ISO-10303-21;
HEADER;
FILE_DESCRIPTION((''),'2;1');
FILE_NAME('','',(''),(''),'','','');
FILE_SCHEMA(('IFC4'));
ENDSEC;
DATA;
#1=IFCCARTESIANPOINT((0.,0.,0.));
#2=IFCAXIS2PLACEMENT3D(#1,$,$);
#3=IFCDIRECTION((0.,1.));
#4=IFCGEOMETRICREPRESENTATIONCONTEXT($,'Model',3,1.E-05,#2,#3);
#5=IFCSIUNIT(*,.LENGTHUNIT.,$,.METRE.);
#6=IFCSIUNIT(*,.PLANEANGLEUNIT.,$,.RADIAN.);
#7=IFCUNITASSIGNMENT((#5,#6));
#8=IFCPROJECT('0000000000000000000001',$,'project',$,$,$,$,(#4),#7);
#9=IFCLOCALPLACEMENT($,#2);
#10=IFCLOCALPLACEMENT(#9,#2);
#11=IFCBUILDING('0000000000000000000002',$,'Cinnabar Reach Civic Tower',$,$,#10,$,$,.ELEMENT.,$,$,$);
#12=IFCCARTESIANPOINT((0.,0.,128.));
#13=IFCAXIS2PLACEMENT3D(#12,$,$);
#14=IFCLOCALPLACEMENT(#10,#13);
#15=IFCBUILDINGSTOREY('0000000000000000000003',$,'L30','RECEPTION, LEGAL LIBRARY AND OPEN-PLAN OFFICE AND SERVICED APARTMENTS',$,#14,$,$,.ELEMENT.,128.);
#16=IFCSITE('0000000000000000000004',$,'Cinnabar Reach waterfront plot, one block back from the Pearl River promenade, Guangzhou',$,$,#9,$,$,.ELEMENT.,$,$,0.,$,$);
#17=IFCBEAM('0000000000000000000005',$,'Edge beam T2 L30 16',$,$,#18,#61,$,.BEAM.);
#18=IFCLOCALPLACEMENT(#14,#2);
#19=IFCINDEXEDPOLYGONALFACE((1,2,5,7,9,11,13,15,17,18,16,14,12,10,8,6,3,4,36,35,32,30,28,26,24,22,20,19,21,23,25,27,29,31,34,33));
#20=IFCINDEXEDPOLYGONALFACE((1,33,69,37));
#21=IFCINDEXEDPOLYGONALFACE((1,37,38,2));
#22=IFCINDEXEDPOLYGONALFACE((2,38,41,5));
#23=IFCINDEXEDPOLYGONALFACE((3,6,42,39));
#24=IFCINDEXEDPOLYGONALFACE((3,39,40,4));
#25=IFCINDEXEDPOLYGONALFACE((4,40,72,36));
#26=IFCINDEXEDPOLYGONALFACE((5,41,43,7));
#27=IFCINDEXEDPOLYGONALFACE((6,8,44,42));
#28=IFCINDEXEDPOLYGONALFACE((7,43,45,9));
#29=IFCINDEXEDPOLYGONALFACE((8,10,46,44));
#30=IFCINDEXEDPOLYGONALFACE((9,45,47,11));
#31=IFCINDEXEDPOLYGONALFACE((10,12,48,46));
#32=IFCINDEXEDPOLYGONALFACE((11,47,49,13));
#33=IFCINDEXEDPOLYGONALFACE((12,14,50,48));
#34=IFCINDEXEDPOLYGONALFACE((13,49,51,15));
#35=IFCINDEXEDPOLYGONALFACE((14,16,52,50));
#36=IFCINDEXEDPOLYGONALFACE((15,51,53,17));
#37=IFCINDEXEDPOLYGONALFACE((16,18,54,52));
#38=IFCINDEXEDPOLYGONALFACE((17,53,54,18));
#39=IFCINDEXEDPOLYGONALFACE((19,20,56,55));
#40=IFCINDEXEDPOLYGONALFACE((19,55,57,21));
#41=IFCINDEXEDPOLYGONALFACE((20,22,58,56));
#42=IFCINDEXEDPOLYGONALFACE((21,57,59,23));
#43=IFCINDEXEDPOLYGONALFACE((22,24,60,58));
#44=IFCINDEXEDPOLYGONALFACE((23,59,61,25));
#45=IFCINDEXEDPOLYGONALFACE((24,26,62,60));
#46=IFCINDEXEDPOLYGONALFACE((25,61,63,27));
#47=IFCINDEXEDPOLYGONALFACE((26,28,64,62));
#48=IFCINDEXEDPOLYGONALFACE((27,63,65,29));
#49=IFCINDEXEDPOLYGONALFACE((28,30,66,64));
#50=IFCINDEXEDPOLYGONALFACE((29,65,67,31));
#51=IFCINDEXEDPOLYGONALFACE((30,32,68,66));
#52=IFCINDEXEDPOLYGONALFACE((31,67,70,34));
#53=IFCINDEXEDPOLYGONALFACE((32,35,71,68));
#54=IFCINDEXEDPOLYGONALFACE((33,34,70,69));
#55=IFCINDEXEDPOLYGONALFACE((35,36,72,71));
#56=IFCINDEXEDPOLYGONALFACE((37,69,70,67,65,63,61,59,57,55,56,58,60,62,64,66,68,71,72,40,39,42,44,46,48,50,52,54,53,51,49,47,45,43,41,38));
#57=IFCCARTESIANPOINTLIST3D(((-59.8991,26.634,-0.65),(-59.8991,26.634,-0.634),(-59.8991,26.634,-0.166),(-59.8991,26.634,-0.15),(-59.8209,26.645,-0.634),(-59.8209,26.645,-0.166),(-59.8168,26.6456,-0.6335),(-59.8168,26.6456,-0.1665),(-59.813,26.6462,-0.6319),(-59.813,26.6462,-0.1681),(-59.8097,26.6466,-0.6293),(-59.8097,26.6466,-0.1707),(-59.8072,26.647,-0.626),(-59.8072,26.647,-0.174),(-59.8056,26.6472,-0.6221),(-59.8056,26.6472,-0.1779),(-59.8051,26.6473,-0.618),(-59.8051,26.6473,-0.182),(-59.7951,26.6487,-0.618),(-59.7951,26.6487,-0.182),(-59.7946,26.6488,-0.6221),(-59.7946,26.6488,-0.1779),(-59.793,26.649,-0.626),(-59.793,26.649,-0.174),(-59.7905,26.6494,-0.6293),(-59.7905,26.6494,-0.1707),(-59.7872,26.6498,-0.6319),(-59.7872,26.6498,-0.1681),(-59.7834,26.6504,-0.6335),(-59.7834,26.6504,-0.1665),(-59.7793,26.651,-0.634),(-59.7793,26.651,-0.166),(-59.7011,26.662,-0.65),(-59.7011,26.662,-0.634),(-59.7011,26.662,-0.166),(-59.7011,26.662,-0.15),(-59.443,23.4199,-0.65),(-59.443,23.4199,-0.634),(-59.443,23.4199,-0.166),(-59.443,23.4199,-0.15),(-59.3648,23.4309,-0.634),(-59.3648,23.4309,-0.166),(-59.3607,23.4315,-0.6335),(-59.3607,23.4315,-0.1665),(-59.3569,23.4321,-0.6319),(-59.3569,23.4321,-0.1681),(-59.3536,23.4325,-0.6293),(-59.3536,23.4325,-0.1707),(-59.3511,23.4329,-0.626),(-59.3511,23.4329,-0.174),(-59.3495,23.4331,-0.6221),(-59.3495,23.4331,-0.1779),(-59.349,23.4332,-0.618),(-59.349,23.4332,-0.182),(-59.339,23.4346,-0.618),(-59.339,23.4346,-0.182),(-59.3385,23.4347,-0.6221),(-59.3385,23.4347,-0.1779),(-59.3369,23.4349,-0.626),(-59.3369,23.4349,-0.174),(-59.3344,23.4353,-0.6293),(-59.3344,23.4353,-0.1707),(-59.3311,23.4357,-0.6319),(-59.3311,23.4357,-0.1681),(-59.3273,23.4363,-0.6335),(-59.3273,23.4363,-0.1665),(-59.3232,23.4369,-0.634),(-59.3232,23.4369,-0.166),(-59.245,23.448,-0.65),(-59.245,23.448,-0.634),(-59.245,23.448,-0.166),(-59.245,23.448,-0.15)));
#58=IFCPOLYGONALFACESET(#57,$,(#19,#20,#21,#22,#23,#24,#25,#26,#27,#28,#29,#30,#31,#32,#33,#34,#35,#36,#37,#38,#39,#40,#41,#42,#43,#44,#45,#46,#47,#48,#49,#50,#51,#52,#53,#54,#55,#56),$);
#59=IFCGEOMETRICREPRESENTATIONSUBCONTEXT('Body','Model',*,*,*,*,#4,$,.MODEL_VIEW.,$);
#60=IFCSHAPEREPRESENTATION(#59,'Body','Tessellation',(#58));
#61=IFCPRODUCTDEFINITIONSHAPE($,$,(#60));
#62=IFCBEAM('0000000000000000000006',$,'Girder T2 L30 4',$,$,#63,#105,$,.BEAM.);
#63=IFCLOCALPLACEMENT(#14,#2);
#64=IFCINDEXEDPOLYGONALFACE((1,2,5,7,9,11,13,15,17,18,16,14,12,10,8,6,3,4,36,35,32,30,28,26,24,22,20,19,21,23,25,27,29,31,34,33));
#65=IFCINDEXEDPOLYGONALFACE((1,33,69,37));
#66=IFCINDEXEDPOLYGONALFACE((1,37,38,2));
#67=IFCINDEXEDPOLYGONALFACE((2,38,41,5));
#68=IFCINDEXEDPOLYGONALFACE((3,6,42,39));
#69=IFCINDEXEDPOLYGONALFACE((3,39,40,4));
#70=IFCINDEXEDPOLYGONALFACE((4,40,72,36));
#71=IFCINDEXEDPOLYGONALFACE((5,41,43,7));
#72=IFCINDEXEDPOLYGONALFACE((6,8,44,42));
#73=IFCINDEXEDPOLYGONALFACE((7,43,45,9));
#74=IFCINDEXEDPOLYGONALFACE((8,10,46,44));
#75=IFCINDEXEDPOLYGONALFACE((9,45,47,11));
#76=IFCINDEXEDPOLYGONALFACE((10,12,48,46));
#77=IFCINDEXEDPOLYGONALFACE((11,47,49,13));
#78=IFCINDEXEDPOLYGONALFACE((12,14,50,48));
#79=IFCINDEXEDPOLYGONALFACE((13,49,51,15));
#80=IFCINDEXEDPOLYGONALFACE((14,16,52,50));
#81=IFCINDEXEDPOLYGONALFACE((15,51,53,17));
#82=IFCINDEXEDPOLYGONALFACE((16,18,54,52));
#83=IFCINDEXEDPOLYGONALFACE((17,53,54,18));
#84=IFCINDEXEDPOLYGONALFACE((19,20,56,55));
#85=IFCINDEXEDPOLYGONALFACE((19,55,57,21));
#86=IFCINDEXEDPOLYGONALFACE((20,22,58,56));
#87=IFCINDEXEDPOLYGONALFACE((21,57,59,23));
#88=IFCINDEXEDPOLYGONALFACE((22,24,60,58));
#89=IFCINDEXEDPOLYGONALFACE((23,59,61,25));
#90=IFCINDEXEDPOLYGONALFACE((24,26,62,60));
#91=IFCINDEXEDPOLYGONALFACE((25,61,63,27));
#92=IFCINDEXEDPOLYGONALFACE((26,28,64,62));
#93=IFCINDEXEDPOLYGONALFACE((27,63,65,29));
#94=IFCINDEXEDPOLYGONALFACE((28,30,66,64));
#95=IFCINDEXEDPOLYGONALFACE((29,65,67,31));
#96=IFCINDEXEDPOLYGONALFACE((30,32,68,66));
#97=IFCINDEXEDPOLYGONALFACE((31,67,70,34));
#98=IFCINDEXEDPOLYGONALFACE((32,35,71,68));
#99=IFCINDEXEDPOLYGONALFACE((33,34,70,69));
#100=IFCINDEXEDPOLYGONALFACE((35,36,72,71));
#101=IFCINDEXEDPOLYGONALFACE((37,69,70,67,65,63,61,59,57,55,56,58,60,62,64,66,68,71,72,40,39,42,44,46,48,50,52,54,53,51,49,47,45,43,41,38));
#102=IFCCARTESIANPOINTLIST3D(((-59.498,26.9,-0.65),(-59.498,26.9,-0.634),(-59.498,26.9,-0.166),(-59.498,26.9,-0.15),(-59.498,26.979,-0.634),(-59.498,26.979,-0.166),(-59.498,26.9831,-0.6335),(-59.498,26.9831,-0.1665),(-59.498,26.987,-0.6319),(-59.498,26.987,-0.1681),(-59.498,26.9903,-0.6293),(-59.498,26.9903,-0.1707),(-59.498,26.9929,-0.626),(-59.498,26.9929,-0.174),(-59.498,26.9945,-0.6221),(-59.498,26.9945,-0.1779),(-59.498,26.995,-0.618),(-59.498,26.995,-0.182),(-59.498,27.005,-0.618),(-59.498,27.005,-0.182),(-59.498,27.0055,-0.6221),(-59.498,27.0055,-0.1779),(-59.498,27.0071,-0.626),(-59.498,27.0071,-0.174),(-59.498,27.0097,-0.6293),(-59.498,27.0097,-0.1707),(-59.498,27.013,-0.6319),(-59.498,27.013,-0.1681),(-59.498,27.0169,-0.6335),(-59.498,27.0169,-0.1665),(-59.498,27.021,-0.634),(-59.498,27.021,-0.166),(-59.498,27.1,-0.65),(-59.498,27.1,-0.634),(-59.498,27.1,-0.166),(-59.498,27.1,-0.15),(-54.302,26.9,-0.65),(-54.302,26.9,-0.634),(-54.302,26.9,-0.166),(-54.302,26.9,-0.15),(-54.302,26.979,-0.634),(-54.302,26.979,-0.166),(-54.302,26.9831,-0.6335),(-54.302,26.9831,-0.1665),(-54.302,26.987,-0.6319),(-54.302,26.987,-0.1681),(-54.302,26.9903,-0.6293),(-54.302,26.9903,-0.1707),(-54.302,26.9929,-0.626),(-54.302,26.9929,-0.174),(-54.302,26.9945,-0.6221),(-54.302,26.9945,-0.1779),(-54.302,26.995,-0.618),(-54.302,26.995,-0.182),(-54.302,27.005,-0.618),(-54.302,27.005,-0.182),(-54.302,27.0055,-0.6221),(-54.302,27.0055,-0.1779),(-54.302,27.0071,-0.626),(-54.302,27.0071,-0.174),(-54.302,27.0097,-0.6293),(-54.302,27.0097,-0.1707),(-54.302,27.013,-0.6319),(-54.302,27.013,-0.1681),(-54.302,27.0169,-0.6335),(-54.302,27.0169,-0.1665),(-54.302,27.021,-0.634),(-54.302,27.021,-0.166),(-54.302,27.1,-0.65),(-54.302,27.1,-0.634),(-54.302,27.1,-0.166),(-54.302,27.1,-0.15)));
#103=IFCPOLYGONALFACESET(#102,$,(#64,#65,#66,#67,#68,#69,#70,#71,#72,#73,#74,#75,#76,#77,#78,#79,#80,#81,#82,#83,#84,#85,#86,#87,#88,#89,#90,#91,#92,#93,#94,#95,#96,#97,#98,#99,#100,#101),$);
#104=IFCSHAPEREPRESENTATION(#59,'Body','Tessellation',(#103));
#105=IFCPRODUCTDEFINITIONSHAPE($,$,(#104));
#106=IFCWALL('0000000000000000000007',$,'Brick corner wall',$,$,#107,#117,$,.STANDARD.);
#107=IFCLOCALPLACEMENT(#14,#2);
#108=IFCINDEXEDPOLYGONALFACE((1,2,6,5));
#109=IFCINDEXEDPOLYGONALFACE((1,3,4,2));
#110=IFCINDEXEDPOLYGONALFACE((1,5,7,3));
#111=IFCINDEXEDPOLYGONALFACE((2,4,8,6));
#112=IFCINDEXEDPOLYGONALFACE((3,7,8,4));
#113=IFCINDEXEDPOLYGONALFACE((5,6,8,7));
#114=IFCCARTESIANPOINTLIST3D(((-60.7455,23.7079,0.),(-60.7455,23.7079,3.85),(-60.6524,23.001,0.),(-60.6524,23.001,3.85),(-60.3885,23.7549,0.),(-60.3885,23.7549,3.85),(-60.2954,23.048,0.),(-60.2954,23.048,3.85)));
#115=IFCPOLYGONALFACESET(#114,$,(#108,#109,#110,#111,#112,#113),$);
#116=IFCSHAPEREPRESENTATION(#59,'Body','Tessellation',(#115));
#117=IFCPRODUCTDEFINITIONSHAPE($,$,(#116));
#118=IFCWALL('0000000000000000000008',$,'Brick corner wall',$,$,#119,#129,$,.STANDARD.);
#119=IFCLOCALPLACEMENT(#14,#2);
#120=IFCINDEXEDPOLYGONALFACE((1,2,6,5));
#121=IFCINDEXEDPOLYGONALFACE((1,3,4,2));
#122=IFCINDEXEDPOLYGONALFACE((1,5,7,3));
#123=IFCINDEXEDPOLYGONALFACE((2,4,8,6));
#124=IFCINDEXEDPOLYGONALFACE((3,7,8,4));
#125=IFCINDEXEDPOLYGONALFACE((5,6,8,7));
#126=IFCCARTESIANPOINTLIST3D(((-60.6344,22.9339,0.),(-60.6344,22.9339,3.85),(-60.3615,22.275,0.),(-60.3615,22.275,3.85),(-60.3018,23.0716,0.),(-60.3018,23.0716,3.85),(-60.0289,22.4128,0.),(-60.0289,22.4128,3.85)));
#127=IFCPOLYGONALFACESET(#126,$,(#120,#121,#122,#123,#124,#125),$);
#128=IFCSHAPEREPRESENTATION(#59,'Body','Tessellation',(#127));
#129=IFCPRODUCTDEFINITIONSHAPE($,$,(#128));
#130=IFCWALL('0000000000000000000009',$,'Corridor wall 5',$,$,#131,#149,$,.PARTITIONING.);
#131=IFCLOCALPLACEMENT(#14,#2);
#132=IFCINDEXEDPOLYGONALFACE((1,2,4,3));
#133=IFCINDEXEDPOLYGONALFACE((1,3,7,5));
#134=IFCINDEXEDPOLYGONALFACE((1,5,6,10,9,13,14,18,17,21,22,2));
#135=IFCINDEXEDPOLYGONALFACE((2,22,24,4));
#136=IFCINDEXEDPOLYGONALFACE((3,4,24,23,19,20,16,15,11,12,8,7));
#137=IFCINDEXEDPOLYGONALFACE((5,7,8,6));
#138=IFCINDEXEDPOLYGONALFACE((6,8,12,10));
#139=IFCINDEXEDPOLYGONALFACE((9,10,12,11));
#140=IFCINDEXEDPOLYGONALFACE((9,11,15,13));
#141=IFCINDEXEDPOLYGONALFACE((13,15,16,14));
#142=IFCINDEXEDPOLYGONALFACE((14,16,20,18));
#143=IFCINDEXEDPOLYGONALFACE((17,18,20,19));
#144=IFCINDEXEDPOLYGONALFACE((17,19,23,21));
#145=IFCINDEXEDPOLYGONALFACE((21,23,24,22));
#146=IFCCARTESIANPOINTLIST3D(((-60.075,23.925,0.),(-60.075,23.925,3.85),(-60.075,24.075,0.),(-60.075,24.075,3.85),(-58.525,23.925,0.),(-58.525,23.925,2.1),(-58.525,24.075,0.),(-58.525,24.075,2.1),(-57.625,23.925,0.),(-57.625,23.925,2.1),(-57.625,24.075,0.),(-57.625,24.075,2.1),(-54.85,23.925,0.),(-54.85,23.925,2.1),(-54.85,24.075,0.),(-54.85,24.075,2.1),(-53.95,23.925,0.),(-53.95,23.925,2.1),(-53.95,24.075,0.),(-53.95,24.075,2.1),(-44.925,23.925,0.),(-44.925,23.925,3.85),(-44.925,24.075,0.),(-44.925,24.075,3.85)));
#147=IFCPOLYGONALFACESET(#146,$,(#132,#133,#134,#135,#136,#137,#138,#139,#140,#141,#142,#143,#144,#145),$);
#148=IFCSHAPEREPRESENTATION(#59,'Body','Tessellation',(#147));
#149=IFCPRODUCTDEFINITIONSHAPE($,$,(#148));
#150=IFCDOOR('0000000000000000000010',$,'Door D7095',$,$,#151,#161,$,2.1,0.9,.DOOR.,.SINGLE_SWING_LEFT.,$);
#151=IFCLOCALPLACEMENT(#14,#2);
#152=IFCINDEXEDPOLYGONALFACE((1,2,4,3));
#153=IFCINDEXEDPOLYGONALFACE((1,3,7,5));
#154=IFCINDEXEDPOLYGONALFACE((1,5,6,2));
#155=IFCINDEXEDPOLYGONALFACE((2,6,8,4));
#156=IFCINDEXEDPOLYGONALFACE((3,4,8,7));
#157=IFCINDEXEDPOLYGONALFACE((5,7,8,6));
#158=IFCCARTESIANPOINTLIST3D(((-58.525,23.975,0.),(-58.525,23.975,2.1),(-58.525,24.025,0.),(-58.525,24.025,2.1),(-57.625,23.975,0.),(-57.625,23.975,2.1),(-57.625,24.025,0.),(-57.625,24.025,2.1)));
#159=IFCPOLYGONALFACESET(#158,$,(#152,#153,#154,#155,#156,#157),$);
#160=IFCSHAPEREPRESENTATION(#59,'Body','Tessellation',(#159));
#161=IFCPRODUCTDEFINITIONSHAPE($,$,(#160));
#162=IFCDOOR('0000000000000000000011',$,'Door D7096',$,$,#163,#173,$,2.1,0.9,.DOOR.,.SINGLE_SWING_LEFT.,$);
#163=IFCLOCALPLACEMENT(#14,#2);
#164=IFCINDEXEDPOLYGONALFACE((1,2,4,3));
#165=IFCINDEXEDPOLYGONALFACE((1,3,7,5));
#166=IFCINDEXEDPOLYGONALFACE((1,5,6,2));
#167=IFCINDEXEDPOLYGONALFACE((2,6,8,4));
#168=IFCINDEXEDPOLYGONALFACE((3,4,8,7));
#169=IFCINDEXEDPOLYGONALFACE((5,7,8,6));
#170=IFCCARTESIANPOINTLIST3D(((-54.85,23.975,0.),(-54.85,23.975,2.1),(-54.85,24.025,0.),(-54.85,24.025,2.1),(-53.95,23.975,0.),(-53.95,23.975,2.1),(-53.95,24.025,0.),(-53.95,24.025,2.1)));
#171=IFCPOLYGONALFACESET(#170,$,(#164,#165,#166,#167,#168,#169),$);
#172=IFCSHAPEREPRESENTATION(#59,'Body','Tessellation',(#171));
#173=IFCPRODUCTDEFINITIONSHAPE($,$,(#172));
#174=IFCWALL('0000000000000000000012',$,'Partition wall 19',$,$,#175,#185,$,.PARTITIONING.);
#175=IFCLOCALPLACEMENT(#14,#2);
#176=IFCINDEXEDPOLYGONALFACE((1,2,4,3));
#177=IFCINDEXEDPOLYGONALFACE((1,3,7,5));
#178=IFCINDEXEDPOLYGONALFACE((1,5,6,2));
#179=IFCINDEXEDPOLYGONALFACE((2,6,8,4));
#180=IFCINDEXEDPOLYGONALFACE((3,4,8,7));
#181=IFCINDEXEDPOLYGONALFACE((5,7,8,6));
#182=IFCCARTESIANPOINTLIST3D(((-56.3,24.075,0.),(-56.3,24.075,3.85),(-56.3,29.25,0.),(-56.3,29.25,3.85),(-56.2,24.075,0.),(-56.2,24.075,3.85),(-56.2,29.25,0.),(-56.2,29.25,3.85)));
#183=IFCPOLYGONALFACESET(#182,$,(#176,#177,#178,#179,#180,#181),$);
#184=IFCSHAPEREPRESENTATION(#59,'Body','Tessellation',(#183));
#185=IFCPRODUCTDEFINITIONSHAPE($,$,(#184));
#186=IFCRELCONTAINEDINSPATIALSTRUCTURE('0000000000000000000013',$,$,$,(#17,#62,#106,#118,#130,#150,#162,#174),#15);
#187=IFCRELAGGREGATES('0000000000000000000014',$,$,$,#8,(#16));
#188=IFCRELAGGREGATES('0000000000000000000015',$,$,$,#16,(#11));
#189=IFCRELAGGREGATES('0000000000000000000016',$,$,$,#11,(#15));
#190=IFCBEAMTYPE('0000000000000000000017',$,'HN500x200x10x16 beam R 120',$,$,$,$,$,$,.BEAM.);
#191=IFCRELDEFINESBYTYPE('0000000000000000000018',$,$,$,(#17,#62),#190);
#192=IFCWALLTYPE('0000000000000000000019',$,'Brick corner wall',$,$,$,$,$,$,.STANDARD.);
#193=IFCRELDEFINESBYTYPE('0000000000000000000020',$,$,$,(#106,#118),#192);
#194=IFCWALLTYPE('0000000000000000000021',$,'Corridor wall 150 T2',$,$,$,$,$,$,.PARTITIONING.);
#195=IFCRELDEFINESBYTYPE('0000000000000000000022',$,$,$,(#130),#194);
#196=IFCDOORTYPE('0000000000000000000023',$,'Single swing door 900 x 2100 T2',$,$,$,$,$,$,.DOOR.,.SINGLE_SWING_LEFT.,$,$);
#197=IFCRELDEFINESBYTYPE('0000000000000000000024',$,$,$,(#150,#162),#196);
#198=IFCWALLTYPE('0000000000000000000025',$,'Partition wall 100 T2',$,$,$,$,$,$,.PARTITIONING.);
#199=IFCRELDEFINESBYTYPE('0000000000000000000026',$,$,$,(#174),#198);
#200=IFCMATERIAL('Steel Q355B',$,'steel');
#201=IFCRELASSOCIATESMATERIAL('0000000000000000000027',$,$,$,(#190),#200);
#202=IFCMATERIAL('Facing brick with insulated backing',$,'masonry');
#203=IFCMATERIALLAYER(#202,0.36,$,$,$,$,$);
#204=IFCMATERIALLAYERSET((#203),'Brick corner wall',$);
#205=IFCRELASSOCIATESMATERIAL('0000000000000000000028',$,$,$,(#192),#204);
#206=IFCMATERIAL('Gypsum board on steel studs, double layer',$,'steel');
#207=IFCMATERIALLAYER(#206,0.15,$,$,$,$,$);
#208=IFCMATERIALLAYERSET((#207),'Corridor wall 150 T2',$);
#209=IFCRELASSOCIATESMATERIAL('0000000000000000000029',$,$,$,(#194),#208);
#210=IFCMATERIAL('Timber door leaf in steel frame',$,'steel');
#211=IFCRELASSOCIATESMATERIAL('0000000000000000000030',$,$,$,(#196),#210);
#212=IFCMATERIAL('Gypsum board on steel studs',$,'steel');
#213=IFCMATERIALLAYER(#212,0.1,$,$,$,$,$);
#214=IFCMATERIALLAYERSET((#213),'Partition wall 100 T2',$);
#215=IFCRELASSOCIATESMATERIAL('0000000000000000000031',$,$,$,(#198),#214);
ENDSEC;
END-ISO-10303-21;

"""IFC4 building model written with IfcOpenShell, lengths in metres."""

from ifc_helpers import new_model, si_unit, direction, frame, frame_2d, origin, origin_2d, place, context, subcontext, project, spatial, rectangle, i_section, extrude, material, layer, layer_set, material_profile, profile_set, type_object, element, fill, save


model = new_model("IFC4")

# Units and contexts
model_context = context("Model", 3, precision=1e-05, world=origin(), true_north=direction((0.0, 1.0)))
body_context = subcontext(model_context, "Body", "Model", "MODEL_VIEW")
ifc_project = project(units=[si_unit("LENGTHUNIT", "METRE"), si_unit("PLANEANGLEUNIT", "RADIAN")], contexts=[model_context])

# Site, building, storey
site_placement = place(None, origin())
site = spatial("IfcSite", under=ifc_project, at=site_placement, Name="Cinnabar Reach waterfront plot, one block back from the Pearl River promenade, Guangzhou", CompositionType="ELEMENT", RefElevation=0.0)
building_placement = place(site_placement, origin())
building = spatial("IfcBuilding", under=site, at=building_placement, Name="Cinnabar Reach Civic Tower", CompositionType="ELEMENT")
storey_placement = place(building_placement, frame((0.0, 0.0, 128.0)))
storey = spatial("IfcBuildingStorey", under=building, at=storey_placement, Name="L30", Description="RECEPTION, LEGAL LIBRARY AND OPEN-PLAN OFFICE AND SERVICED APARTMENTS", CompositionType="ELEMENT", Elevation=128.0)

# Beams
ifc_material_1 = material(Name="Steel Q355B", Category="steel")
ifc_material_profile_1 = material_profile(ifc_material_1, i_section(OverallWidth=0.2, OverallDepth=0.5, WebThickness=0.01, FlangeThickness=0.016, FilletRadius=0.016, at=origin_2d()), Name="HN500x200x10x16")
ifc_profile_set_1 = profile_set([ifc_material_profile_1], Name="Steel Q355B")
beam_type_1 = type_object("IfcBeamType", Name="HN500x200x10x16 beam R 120", PredefinedType="BEAM", material=ifc_profile_set_1)
beam_1_placement = place(storey_placement, frame((-59.8001, 26.648, -0.4), z_axis=(0.140498, -0.990081, 0.0), x_axis=(0.990081, 0.140498, 0.0)))
element("IfcBeam", 1, at=beam_1_placement, inside=storey, type_object=beam_type_1, Name="Edge beam T2 L30 16", PredefinedType="BEAM", context=body_context, shape_type="SweptSolid", body=[
    extrude(i_section(OverallWidth=0.2, OverallDepth=0.5, WebThickness=0.01, FlangeThickness=0.016, FilletRadius=0.016, at=origin_2d()), origin(), (0.0, 0.0, 1.0), 3.2463),
])
beam_2_placement = place(storey_placement, frame((-59.498, 27.0, -0.4), z_axis=(1.0, 0.0, 0.0), x_axis=(0.0, 1.0, 0.0)))
element("IfcBeam", 2, at=beam_2_placement, inside=storey, type_object=beam_type_1, Name="Girder T2 L30 4", PredefinedType="BEAM", context=body_context, shape_type="SweptSolid", body=[
    extrude(i_section(OverallWidth=0.2, OverallDepth=0.5, WebThickness=0.01, FlangeThickness=0.016, FilletRadius=0.016, at=origin_2d()), origin(), (0.0, 0.0, 1.0), 5.196),
])

# Walls
ifc_material_2 = material(Name="Facing brick with insulated backing", Category="masonry")
ifc_layer_1 = layer(ifc_material_2, 0.36)
ifc_layer_set_1 = layer_set([ifc_layer_1], Name="Brick corner wall")
wall_type_1 = type_object("IfcWallType", Name="Brick corner wall", PredefinedType="STANDARD", material=ifc_layer_set_1)
for number, where, z_axis, x_axis, name in (
    (3, (-60.567, 23.7314, 0.0), (0.0, 0.0, 1.0), (0.130556, -0.991441, 0.0), "Brick corner wall"),
    (4, (-60.4681, 23.0027, 0.0), (0.0, 0.0, 1.0), (0.382703, -0.923872, 0.0), "Brick corner wall"),
):
    element("IfcWall", number, at=place(storey_placement, frame(where, z_axis=z_axis, x_axis=x_axis)), inside=storey, type_object=wall_type_1, Name=name, PredefinedType="STANDARD", context=body_context, shape_type="SweptSolid", body=[
        extrude(rectangle(XDim=0.7131, YDim=0.36, at=frame_2d((0.3565, 0.0))), origin(), (0.0, 0.0, 1.0), 3.85),
    ])

# Wall, openings, doors
ifc_material_3 = material(Name="Gypsum board on steel studs, double layer", Category="steel")
ifc_layer_2 = layer(ifc_material_3, 0.15)
ifc_layer_set_2 = layer_set([ifc_layer_2], Name="Corridor wall 150 T2")
wall_type_2 = type_object("IfcWallType", Name="Corridor wall 150 T2", PredefinedType="PARTITIONING", material=ifc_layer_set_2)
wall_1_placement = place(storey_placement, frame((-60.075, 24.0, 0.0), z_axis=(0.0, 0.0, 1.0), x_axis=(1.0, 0.0, 0.0)))
wall_1 = element("IfcWall", 5, at=wall_1_placement, inside=storey, type_object=wall_type_2, Name="Corridor wall 5", PredefinedType="PARTITIONING", context=body_context, shape_type="SweptSolid", body=[
    extrude(rectangle(XDim=15.15, YDim=0.15, at=frame_2d((7.575, 0.0))), origin(), (0.0, 0.0, 1.0), 3.85),
])
opening_1_placement = place(wall_1_placement, frame((1.55, 0.0, 0.0)))
opening_1 = element("IfcOpeningElement", 6, at=opening_1_placement, cuts=wall_1, PredefinedType="OPENING", context=body_context, shape_type="SweptSolid", body=[
    extrude(rectangle(XDim=0.9, YDim=2.1, at=frame_2d((0.45, 1.05))), frame((0.0, 0.085, 0.0), z_axis=(0.0, -1.0, 0.0), x_axis=(1.0, 0.0, 0.0)), (0.0, 0.0, 1.0), 0.17),
])
opening_2_placement = place(wall_1_placement, frame((5.225, 0.0, 0.0)))
opening_2 = element("IfcOpeningElement", 7, at=opening_2_placement, cuts=wall_1, PredefinedType="OPENING", context=body_context, shape_type="SweptSolid", body=[
    extrude(rectangle(XDim=0.9, YDim=2.1, at=frame_2d((0.45, 1.05))), frame((0.0, 0.085, 0.0), z_axis=(0.0, -1.0, 0.0), x_axis=(1.0, 0.0, 0.0)), (0.0, 0.0, 1.0), 0.17),
])
ifc_material_4 = material(Name="Timber door leaf in steel frame", Category="steel")
door_type = type_object("IfcDoorType", Name="Single swing door 900 x 2100 T2", OperationType="SINGLE_SWING_LEFT", PredefinedType="DOOR", material=ifc_material_4)
door_1_placement = place(opening_1_placement, origin())
door_1 = element("IfcDoor", 8, at=door_1_placement, inside=storey, type_object=door_type, Name="Door D7095", OperationType="SINGLE_SWING_LEFT", OverallHeight=2.1, OverallWidth=0.9, PredefinedType="DOOR", context=body_context, shape_type="SweptSolid", body=[
    extrude(rectangle(XDim=0.9, YDim=2.1, at=frame_2d((0.45, 1.05))), frame((0.0, 0.025, 0.0), z_axis=(0.0, -1.0, 0.0), x_axis=(1.0, 0.0, 0.0)), (0.0, 0.0, 1.0), 0.05),
])
fill(opening_1, door_1)
door_2_placement = place(opening_2_placement, origin())
door_2 = element("IfcDoor", 9, at=door_2_placement, inside=storey, type_object=door_type, Name="Door D7096", OperationType="SINGLE_SWING_LEFT", OverallHeight=2.1, OverallWidth=0.9, PredefinedType="DOOR", context=body_context, shape_type="SweptSolid", body=[
    extrude(rectangle(XDim=0.9, YDim=2.1, at=frame_2d((0.45, 1.05))), frame((0.0, 0.025, 0.0), z_axis=(0.0, -1.0, 0.0), x_axis=(1.0, 0.0, 0.0)), (0.0, 0.0, 1.0), 0.05),
])
fill(opening_2, door_2)

# Wall
ifc_material_5 = material(Name="Gypsum board on steel studs", Category="steel")
ifc_layer_3 = layer(ifc_material_5, 0.1)
ifc_layer_set_3 = layer_set([ifc_layer_3], Name="Partition wall 100 T2")
wall_type_3 = type_object("IfcWallType", Name="Partition wall 100 T2", PredefinedType="PARTITIONING", material=ifc_layer_set_3)
wall_2_placement = place(storey_placement, frame((-56.25, 24.075, 0.0), z_axis=(0.0, 0.0, 1.0), x_axis=(0.0, 1.0, 0.0)))
element("IfcWall", 10, at=wall_2_placement, inside=storey, type_object=wall_type_3, Name="Partition wall 19", PredefinedType="PARTITIONING", context=body_context, shape_type="SweptSolid", body=[
    extrude(rectangle(XDim=5.175, YDim=0.1, at=frame_2d((2.5875, 0.0))), origin(), (0.0, 0.0, 1.0), 3.85),
])

save(model, "model.ifc")
